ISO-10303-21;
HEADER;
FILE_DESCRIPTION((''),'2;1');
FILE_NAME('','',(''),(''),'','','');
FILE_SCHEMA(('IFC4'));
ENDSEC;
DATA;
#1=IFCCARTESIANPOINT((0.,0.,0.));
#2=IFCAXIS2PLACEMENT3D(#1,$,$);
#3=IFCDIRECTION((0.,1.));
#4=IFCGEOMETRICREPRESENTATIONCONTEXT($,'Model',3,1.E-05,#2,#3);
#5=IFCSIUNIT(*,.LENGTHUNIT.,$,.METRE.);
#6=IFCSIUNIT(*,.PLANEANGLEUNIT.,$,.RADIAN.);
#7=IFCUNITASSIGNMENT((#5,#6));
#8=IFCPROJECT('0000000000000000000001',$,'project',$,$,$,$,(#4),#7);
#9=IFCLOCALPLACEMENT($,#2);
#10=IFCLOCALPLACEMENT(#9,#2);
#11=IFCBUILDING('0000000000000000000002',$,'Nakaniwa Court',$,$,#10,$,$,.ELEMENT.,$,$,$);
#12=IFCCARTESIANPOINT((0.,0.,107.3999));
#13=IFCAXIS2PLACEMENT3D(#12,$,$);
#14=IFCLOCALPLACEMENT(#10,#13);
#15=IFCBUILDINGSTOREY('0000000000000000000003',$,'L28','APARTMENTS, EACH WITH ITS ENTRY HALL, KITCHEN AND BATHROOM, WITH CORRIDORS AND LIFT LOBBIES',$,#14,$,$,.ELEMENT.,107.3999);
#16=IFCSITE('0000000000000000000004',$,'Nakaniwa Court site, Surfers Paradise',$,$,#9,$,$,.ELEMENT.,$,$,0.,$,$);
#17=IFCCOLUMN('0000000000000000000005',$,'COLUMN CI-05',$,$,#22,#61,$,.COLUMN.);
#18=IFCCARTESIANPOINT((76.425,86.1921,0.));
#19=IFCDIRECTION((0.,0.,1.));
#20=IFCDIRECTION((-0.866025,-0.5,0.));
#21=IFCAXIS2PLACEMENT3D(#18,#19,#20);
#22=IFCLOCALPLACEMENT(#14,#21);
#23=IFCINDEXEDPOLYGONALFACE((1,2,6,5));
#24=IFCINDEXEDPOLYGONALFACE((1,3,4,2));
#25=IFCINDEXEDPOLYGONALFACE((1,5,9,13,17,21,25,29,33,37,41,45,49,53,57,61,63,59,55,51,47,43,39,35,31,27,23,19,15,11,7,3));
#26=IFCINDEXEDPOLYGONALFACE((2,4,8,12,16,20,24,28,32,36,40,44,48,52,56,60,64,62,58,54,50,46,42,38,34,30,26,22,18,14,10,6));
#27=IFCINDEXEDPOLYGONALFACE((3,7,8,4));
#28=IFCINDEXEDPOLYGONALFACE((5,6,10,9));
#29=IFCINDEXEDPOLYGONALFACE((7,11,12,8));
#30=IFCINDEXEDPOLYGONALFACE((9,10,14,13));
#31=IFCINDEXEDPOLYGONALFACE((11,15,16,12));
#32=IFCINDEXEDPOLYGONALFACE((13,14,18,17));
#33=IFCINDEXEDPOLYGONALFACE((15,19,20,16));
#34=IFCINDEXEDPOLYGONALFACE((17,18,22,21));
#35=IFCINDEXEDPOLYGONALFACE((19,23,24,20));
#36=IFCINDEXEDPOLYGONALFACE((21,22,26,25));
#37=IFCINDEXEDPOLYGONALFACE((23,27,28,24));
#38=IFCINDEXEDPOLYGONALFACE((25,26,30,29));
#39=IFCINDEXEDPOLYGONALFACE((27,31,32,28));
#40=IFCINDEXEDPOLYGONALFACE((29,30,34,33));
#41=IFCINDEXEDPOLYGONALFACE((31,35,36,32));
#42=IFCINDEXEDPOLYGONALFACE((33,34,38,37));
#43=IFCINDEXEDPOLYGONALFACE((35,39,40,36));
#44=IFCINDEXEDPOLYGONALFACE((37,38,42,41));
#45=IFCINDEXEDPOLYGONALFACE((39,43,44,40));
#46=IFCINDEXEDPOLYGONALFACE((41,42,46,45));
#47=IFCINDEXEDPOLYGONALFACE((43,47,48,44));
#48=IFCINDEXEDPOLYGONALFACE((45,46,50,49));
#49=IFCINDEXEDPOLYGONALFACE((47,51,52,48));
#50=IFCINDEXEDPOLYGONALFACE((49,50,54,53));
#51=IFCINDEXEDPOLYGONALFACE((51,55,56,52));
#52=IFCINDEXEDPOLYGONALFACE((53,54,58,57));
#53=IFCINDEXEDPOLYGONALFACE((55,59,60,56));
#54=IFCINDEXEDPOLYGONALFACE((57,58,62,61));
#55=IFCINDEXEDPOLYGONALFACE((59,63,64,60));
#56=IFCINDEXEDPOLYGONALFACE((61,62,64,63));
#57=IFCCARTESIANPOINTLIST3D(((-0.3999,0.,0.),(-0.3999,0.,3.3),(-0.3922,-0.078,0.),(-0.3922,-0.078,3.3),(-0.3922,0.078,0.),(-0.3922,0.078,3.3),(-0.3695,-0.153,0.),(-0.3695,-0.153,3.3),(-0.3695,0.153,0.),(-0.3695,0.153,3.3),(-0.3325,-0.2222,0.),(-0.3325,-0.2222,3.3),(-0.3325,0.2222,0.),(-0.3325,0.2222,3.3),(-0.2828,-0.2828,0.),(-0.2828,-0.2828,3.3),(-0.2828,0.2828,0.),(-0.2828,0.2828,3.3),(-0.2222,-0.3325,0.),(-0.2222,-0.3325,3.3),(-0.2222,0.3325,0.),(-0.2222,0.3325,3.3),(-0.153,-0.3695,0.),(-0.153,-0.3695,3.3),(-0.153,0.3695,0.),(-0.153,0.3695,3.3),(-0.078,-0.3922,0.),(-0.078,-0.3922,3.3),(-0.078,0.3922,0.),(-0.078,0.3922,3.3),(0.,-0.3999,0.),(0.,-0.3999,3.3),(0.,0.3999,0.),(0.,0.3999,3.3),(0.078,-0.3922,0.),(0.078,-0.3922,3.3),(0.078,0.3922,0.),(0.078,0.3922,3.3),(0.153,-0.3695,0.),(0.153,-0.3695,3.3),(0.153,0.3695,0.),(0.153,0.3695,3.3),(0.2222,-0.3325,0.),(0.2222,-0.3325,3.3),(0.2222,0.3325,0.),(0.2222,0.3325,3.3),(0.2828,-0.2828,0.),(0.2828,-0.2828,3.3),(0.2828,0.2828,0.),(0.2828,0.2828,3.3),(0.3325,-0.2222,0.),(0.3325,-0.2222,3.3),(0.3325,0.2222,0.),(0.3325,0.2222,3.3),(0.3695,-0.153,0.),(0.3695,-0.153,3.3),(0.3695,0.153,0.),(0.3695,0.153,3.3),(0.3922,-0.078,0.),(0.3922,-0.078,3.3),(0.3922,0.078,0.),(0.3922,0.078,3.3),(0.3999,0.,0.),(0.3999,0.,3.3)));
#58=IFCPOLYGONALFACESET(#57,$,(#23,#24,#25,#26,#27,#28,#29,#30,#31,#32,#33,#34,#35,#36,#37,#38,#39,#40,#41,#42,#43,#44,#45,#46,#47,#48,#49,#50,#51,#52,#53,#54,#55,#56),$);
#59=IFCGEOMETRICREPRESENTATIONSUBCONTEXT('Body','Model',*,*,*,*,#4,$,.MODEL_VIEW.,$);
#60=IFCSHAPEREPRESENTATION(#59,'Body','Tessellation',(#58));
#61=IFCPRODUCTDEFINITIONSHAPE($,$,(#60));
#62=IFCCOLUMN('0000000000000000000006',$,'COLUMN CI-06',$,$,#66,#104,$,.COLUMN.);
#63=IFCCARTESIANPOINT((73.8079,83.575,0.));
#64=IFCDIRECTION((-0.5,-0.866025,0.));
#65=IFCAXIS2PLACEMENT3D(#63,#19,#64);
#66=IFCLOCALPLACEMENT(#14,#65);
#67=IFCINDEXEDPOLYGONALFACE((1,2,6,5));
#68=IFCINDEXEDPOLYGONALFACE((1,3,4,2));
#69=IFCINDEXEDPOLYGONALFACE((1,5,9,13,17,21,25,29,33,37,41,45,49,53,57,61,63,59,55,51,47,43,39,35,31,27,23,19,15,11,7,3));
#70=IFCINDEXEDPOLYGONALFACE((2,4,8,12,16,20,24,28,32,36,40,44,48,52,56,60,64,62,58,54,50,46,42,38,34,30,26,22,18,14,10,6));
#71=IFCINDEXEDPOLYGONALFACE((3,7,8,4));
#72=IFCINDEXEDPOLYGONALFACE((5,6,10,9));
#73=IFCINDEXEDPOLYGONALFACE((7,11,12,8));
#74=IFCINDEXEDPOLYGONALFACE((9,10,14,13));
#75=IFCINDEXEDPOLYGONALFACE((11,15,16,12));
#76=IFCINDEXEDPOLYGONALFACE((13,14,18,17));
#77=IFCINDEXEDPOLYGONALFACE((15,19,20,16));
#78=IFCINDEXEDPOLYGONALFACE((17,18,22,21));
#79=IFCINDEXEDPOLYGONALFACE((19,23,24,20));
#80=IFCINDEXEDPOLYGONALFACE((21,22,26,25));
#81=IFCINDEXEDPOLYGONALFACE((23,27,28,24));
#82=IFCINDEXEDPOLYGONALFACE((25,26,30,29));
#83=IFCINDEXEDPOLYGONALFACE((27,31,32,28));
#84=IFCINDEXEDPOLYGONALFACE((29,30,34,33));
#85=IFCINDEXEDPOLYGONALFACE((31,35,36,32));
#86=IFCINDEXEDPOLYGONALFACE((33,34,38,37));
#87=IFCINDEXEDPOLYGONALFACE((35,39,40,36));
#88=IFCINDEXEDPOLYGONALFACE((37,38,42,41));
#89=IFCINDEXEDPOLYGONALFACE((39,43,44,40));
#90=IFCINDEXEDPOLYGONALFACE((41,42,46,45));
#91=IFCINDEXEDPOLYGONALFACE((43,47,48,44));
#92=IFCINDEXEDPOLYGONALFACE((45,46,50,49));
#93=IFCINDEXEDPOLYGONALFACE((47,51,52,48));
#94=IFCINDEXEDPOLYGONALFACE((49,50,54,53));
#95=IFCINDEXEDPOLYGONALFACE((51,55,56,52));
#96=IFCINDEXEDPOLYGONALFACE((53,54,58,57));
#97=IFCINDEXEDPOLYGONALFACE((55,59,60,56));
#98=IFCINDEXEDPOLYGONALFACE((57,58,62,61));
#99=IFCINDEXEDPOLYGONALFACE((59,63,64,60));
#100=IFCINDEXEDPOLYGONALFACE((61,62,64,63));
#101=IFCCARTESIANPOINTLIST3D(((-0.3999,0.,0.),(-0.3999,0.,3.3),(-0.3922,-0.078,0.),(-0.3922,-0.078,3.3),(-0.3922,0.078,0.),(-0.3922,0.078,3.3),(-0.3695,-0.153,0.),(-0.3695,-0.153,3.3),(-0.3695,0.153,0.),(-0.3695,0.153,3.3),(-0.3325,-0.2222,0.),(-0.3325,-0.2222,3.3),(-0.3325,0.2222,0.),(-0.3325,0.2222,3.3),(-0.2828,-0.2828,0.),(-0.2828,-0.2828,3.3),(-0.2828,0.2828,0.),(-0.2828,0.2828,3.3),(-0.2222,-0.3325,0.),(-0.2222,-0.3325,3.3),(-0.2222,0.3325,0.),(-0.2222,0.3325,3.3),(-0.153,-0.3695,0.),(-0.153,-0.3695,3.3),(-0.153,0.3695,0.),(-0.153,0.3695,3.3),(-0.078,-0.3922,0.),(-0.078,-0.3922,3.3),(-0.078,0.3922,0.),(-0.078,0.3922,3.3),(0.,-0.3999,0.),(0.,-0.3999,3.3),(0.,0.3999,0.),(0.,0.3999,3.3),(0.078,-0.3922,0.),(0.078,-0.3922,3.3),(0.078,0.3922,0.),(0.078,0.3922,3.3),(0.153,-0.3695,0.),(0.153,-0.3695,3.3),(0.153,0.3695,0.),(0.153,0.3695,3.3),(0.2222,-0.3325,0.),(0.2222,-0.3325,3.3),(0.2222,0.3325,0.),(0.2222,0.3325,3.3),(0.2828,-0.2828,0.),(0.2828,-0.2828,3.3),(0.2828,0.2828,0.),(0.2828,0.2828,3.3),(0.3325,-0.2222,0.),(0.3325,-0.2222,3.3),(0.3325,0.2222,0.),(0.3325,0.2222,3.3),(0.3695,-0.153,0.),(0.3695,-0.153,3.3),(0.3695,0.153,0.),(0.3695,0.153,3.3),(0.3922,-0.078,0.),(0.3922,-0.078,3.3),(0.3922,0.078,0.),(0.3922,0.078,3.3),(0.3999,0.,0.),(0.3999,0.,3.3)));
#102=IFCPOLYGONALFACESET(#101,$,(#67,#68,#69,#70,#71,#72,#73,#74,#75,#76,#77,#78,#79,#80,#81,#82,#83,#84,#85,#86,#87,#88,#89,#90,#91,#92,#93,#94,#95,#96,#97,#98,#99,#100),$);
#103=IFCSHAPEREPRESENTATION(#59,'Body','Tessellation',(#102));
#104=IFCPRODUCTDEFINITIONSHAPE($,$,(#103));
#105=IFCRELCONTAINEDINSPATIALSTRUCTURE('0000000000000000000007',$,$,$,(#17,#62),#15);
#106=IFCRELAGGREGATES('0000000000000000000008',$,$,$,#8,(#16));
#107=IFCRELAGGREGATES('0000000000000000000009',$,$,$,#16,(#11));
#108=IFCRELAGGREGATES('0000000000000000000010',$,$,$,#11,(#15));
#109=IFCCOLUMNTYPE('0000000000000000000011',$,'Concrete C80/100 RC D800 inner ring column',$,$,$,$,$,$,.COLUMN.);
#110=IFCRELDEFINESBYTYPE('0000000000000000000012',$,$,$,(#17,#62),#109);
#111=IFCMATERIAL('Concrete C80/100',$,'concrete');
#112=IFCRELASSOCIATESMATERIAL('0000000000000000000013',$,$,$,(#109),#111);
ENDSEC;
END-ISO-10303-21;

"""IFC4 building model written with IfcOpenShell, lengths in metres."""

from ifc_helpers import new_model, si_unit, direction, frame, origin, origin_2d, place, context, subcontext, project, spatial, circle, extrude, material, material_profile, profile_set, type_object, element, save


model = new_model("IFC4")

# Units and contexts
model_context = context("Model", 3, precision=1e-05, world=origin(), true_north=direction((0.0, 1.0)))
body_context = subcontext(model_context, "Body", "Model", "MODEL_VIEW")
ifc_project = project(units=[si_unit("LENGTHUNIT", "METRE"), si_unit("PLANEANGLEUNIT", "RADIAN")], contexts=[model_context])

# Site, building, storey
site_placement = place(None, origin())
site = spatial("IfcSite", under=ifc_project, at=site_placement, Name="Nakaniwa Court site, Surfers Paradise", CompositionType="ELEMENT", RefElevation=0.0)
building_placement = place(site_placement, origin())
building = spatial("IfcBuilding", under=site, at=building_placement, Name="Nakaniwa Court", CompositionType="ELEMENT")
storey_placement = place(building_placement, frame((0.0, 0.0, 107.3999)))
storey = spatial("IfcBuildingStorey", under=building, at=storey_placement, Name="L28", Description="APARTMENTS, EACH WITH ITS ENTRY HALL, KITCHEN AND BATHROOM, WITH CORRIDORS AND LIFT LOBBIES", CompositionType="ELEMENT", Elevation=107.3999)

# Columns
ifc_material_1 = material(Name="Concrete C80/100", Category="concrete")
ifc_material_profile_1 = material_profile(ifc_material_1, circle(Radius=0.3999, at=origin_2d()), Name="Concrete C80/100 RC D800 inner ring column")
ifc_profile_set_1 = profile_set([ifc_material_profile_1], Name="Concrete C80/100")
column_type_1 = type_object("IfcColumnType", Name="Concrete C80/100 RC D800 inner ring column", PredefinedType="COLUMN", material=ifc_profile_set_1)
for number, where, z_axis, x_axis, name in (
    (1, (76.425, 86.1921, 0.0), (0.0, 0.0, 1.0), (-0.866025, -0.5, 0.0), "COLUMN CI-05"),
    (2, (73.8079, 83.575, 0.0), (0.0, 0.0, 1.0), (-0.5, -0.866025, 0.0), "COLUMN CI-06"),
):
    element("IfcColumn", number, at=place(storey_placement, frame(where, z_axis=z_axis, x_axis=x_axis)), inside=storey, type_object=column_type_1, Name=name, PredefinedType="COLUMN", context=body_context, shape_type="SweptSolid", body=[
        extrude(circle(Radius=0.3999, at=origin_2d()), origin(), (0.0, 0.0, 1.0), 3.3),
    ])

save(model, "model.ifc")
